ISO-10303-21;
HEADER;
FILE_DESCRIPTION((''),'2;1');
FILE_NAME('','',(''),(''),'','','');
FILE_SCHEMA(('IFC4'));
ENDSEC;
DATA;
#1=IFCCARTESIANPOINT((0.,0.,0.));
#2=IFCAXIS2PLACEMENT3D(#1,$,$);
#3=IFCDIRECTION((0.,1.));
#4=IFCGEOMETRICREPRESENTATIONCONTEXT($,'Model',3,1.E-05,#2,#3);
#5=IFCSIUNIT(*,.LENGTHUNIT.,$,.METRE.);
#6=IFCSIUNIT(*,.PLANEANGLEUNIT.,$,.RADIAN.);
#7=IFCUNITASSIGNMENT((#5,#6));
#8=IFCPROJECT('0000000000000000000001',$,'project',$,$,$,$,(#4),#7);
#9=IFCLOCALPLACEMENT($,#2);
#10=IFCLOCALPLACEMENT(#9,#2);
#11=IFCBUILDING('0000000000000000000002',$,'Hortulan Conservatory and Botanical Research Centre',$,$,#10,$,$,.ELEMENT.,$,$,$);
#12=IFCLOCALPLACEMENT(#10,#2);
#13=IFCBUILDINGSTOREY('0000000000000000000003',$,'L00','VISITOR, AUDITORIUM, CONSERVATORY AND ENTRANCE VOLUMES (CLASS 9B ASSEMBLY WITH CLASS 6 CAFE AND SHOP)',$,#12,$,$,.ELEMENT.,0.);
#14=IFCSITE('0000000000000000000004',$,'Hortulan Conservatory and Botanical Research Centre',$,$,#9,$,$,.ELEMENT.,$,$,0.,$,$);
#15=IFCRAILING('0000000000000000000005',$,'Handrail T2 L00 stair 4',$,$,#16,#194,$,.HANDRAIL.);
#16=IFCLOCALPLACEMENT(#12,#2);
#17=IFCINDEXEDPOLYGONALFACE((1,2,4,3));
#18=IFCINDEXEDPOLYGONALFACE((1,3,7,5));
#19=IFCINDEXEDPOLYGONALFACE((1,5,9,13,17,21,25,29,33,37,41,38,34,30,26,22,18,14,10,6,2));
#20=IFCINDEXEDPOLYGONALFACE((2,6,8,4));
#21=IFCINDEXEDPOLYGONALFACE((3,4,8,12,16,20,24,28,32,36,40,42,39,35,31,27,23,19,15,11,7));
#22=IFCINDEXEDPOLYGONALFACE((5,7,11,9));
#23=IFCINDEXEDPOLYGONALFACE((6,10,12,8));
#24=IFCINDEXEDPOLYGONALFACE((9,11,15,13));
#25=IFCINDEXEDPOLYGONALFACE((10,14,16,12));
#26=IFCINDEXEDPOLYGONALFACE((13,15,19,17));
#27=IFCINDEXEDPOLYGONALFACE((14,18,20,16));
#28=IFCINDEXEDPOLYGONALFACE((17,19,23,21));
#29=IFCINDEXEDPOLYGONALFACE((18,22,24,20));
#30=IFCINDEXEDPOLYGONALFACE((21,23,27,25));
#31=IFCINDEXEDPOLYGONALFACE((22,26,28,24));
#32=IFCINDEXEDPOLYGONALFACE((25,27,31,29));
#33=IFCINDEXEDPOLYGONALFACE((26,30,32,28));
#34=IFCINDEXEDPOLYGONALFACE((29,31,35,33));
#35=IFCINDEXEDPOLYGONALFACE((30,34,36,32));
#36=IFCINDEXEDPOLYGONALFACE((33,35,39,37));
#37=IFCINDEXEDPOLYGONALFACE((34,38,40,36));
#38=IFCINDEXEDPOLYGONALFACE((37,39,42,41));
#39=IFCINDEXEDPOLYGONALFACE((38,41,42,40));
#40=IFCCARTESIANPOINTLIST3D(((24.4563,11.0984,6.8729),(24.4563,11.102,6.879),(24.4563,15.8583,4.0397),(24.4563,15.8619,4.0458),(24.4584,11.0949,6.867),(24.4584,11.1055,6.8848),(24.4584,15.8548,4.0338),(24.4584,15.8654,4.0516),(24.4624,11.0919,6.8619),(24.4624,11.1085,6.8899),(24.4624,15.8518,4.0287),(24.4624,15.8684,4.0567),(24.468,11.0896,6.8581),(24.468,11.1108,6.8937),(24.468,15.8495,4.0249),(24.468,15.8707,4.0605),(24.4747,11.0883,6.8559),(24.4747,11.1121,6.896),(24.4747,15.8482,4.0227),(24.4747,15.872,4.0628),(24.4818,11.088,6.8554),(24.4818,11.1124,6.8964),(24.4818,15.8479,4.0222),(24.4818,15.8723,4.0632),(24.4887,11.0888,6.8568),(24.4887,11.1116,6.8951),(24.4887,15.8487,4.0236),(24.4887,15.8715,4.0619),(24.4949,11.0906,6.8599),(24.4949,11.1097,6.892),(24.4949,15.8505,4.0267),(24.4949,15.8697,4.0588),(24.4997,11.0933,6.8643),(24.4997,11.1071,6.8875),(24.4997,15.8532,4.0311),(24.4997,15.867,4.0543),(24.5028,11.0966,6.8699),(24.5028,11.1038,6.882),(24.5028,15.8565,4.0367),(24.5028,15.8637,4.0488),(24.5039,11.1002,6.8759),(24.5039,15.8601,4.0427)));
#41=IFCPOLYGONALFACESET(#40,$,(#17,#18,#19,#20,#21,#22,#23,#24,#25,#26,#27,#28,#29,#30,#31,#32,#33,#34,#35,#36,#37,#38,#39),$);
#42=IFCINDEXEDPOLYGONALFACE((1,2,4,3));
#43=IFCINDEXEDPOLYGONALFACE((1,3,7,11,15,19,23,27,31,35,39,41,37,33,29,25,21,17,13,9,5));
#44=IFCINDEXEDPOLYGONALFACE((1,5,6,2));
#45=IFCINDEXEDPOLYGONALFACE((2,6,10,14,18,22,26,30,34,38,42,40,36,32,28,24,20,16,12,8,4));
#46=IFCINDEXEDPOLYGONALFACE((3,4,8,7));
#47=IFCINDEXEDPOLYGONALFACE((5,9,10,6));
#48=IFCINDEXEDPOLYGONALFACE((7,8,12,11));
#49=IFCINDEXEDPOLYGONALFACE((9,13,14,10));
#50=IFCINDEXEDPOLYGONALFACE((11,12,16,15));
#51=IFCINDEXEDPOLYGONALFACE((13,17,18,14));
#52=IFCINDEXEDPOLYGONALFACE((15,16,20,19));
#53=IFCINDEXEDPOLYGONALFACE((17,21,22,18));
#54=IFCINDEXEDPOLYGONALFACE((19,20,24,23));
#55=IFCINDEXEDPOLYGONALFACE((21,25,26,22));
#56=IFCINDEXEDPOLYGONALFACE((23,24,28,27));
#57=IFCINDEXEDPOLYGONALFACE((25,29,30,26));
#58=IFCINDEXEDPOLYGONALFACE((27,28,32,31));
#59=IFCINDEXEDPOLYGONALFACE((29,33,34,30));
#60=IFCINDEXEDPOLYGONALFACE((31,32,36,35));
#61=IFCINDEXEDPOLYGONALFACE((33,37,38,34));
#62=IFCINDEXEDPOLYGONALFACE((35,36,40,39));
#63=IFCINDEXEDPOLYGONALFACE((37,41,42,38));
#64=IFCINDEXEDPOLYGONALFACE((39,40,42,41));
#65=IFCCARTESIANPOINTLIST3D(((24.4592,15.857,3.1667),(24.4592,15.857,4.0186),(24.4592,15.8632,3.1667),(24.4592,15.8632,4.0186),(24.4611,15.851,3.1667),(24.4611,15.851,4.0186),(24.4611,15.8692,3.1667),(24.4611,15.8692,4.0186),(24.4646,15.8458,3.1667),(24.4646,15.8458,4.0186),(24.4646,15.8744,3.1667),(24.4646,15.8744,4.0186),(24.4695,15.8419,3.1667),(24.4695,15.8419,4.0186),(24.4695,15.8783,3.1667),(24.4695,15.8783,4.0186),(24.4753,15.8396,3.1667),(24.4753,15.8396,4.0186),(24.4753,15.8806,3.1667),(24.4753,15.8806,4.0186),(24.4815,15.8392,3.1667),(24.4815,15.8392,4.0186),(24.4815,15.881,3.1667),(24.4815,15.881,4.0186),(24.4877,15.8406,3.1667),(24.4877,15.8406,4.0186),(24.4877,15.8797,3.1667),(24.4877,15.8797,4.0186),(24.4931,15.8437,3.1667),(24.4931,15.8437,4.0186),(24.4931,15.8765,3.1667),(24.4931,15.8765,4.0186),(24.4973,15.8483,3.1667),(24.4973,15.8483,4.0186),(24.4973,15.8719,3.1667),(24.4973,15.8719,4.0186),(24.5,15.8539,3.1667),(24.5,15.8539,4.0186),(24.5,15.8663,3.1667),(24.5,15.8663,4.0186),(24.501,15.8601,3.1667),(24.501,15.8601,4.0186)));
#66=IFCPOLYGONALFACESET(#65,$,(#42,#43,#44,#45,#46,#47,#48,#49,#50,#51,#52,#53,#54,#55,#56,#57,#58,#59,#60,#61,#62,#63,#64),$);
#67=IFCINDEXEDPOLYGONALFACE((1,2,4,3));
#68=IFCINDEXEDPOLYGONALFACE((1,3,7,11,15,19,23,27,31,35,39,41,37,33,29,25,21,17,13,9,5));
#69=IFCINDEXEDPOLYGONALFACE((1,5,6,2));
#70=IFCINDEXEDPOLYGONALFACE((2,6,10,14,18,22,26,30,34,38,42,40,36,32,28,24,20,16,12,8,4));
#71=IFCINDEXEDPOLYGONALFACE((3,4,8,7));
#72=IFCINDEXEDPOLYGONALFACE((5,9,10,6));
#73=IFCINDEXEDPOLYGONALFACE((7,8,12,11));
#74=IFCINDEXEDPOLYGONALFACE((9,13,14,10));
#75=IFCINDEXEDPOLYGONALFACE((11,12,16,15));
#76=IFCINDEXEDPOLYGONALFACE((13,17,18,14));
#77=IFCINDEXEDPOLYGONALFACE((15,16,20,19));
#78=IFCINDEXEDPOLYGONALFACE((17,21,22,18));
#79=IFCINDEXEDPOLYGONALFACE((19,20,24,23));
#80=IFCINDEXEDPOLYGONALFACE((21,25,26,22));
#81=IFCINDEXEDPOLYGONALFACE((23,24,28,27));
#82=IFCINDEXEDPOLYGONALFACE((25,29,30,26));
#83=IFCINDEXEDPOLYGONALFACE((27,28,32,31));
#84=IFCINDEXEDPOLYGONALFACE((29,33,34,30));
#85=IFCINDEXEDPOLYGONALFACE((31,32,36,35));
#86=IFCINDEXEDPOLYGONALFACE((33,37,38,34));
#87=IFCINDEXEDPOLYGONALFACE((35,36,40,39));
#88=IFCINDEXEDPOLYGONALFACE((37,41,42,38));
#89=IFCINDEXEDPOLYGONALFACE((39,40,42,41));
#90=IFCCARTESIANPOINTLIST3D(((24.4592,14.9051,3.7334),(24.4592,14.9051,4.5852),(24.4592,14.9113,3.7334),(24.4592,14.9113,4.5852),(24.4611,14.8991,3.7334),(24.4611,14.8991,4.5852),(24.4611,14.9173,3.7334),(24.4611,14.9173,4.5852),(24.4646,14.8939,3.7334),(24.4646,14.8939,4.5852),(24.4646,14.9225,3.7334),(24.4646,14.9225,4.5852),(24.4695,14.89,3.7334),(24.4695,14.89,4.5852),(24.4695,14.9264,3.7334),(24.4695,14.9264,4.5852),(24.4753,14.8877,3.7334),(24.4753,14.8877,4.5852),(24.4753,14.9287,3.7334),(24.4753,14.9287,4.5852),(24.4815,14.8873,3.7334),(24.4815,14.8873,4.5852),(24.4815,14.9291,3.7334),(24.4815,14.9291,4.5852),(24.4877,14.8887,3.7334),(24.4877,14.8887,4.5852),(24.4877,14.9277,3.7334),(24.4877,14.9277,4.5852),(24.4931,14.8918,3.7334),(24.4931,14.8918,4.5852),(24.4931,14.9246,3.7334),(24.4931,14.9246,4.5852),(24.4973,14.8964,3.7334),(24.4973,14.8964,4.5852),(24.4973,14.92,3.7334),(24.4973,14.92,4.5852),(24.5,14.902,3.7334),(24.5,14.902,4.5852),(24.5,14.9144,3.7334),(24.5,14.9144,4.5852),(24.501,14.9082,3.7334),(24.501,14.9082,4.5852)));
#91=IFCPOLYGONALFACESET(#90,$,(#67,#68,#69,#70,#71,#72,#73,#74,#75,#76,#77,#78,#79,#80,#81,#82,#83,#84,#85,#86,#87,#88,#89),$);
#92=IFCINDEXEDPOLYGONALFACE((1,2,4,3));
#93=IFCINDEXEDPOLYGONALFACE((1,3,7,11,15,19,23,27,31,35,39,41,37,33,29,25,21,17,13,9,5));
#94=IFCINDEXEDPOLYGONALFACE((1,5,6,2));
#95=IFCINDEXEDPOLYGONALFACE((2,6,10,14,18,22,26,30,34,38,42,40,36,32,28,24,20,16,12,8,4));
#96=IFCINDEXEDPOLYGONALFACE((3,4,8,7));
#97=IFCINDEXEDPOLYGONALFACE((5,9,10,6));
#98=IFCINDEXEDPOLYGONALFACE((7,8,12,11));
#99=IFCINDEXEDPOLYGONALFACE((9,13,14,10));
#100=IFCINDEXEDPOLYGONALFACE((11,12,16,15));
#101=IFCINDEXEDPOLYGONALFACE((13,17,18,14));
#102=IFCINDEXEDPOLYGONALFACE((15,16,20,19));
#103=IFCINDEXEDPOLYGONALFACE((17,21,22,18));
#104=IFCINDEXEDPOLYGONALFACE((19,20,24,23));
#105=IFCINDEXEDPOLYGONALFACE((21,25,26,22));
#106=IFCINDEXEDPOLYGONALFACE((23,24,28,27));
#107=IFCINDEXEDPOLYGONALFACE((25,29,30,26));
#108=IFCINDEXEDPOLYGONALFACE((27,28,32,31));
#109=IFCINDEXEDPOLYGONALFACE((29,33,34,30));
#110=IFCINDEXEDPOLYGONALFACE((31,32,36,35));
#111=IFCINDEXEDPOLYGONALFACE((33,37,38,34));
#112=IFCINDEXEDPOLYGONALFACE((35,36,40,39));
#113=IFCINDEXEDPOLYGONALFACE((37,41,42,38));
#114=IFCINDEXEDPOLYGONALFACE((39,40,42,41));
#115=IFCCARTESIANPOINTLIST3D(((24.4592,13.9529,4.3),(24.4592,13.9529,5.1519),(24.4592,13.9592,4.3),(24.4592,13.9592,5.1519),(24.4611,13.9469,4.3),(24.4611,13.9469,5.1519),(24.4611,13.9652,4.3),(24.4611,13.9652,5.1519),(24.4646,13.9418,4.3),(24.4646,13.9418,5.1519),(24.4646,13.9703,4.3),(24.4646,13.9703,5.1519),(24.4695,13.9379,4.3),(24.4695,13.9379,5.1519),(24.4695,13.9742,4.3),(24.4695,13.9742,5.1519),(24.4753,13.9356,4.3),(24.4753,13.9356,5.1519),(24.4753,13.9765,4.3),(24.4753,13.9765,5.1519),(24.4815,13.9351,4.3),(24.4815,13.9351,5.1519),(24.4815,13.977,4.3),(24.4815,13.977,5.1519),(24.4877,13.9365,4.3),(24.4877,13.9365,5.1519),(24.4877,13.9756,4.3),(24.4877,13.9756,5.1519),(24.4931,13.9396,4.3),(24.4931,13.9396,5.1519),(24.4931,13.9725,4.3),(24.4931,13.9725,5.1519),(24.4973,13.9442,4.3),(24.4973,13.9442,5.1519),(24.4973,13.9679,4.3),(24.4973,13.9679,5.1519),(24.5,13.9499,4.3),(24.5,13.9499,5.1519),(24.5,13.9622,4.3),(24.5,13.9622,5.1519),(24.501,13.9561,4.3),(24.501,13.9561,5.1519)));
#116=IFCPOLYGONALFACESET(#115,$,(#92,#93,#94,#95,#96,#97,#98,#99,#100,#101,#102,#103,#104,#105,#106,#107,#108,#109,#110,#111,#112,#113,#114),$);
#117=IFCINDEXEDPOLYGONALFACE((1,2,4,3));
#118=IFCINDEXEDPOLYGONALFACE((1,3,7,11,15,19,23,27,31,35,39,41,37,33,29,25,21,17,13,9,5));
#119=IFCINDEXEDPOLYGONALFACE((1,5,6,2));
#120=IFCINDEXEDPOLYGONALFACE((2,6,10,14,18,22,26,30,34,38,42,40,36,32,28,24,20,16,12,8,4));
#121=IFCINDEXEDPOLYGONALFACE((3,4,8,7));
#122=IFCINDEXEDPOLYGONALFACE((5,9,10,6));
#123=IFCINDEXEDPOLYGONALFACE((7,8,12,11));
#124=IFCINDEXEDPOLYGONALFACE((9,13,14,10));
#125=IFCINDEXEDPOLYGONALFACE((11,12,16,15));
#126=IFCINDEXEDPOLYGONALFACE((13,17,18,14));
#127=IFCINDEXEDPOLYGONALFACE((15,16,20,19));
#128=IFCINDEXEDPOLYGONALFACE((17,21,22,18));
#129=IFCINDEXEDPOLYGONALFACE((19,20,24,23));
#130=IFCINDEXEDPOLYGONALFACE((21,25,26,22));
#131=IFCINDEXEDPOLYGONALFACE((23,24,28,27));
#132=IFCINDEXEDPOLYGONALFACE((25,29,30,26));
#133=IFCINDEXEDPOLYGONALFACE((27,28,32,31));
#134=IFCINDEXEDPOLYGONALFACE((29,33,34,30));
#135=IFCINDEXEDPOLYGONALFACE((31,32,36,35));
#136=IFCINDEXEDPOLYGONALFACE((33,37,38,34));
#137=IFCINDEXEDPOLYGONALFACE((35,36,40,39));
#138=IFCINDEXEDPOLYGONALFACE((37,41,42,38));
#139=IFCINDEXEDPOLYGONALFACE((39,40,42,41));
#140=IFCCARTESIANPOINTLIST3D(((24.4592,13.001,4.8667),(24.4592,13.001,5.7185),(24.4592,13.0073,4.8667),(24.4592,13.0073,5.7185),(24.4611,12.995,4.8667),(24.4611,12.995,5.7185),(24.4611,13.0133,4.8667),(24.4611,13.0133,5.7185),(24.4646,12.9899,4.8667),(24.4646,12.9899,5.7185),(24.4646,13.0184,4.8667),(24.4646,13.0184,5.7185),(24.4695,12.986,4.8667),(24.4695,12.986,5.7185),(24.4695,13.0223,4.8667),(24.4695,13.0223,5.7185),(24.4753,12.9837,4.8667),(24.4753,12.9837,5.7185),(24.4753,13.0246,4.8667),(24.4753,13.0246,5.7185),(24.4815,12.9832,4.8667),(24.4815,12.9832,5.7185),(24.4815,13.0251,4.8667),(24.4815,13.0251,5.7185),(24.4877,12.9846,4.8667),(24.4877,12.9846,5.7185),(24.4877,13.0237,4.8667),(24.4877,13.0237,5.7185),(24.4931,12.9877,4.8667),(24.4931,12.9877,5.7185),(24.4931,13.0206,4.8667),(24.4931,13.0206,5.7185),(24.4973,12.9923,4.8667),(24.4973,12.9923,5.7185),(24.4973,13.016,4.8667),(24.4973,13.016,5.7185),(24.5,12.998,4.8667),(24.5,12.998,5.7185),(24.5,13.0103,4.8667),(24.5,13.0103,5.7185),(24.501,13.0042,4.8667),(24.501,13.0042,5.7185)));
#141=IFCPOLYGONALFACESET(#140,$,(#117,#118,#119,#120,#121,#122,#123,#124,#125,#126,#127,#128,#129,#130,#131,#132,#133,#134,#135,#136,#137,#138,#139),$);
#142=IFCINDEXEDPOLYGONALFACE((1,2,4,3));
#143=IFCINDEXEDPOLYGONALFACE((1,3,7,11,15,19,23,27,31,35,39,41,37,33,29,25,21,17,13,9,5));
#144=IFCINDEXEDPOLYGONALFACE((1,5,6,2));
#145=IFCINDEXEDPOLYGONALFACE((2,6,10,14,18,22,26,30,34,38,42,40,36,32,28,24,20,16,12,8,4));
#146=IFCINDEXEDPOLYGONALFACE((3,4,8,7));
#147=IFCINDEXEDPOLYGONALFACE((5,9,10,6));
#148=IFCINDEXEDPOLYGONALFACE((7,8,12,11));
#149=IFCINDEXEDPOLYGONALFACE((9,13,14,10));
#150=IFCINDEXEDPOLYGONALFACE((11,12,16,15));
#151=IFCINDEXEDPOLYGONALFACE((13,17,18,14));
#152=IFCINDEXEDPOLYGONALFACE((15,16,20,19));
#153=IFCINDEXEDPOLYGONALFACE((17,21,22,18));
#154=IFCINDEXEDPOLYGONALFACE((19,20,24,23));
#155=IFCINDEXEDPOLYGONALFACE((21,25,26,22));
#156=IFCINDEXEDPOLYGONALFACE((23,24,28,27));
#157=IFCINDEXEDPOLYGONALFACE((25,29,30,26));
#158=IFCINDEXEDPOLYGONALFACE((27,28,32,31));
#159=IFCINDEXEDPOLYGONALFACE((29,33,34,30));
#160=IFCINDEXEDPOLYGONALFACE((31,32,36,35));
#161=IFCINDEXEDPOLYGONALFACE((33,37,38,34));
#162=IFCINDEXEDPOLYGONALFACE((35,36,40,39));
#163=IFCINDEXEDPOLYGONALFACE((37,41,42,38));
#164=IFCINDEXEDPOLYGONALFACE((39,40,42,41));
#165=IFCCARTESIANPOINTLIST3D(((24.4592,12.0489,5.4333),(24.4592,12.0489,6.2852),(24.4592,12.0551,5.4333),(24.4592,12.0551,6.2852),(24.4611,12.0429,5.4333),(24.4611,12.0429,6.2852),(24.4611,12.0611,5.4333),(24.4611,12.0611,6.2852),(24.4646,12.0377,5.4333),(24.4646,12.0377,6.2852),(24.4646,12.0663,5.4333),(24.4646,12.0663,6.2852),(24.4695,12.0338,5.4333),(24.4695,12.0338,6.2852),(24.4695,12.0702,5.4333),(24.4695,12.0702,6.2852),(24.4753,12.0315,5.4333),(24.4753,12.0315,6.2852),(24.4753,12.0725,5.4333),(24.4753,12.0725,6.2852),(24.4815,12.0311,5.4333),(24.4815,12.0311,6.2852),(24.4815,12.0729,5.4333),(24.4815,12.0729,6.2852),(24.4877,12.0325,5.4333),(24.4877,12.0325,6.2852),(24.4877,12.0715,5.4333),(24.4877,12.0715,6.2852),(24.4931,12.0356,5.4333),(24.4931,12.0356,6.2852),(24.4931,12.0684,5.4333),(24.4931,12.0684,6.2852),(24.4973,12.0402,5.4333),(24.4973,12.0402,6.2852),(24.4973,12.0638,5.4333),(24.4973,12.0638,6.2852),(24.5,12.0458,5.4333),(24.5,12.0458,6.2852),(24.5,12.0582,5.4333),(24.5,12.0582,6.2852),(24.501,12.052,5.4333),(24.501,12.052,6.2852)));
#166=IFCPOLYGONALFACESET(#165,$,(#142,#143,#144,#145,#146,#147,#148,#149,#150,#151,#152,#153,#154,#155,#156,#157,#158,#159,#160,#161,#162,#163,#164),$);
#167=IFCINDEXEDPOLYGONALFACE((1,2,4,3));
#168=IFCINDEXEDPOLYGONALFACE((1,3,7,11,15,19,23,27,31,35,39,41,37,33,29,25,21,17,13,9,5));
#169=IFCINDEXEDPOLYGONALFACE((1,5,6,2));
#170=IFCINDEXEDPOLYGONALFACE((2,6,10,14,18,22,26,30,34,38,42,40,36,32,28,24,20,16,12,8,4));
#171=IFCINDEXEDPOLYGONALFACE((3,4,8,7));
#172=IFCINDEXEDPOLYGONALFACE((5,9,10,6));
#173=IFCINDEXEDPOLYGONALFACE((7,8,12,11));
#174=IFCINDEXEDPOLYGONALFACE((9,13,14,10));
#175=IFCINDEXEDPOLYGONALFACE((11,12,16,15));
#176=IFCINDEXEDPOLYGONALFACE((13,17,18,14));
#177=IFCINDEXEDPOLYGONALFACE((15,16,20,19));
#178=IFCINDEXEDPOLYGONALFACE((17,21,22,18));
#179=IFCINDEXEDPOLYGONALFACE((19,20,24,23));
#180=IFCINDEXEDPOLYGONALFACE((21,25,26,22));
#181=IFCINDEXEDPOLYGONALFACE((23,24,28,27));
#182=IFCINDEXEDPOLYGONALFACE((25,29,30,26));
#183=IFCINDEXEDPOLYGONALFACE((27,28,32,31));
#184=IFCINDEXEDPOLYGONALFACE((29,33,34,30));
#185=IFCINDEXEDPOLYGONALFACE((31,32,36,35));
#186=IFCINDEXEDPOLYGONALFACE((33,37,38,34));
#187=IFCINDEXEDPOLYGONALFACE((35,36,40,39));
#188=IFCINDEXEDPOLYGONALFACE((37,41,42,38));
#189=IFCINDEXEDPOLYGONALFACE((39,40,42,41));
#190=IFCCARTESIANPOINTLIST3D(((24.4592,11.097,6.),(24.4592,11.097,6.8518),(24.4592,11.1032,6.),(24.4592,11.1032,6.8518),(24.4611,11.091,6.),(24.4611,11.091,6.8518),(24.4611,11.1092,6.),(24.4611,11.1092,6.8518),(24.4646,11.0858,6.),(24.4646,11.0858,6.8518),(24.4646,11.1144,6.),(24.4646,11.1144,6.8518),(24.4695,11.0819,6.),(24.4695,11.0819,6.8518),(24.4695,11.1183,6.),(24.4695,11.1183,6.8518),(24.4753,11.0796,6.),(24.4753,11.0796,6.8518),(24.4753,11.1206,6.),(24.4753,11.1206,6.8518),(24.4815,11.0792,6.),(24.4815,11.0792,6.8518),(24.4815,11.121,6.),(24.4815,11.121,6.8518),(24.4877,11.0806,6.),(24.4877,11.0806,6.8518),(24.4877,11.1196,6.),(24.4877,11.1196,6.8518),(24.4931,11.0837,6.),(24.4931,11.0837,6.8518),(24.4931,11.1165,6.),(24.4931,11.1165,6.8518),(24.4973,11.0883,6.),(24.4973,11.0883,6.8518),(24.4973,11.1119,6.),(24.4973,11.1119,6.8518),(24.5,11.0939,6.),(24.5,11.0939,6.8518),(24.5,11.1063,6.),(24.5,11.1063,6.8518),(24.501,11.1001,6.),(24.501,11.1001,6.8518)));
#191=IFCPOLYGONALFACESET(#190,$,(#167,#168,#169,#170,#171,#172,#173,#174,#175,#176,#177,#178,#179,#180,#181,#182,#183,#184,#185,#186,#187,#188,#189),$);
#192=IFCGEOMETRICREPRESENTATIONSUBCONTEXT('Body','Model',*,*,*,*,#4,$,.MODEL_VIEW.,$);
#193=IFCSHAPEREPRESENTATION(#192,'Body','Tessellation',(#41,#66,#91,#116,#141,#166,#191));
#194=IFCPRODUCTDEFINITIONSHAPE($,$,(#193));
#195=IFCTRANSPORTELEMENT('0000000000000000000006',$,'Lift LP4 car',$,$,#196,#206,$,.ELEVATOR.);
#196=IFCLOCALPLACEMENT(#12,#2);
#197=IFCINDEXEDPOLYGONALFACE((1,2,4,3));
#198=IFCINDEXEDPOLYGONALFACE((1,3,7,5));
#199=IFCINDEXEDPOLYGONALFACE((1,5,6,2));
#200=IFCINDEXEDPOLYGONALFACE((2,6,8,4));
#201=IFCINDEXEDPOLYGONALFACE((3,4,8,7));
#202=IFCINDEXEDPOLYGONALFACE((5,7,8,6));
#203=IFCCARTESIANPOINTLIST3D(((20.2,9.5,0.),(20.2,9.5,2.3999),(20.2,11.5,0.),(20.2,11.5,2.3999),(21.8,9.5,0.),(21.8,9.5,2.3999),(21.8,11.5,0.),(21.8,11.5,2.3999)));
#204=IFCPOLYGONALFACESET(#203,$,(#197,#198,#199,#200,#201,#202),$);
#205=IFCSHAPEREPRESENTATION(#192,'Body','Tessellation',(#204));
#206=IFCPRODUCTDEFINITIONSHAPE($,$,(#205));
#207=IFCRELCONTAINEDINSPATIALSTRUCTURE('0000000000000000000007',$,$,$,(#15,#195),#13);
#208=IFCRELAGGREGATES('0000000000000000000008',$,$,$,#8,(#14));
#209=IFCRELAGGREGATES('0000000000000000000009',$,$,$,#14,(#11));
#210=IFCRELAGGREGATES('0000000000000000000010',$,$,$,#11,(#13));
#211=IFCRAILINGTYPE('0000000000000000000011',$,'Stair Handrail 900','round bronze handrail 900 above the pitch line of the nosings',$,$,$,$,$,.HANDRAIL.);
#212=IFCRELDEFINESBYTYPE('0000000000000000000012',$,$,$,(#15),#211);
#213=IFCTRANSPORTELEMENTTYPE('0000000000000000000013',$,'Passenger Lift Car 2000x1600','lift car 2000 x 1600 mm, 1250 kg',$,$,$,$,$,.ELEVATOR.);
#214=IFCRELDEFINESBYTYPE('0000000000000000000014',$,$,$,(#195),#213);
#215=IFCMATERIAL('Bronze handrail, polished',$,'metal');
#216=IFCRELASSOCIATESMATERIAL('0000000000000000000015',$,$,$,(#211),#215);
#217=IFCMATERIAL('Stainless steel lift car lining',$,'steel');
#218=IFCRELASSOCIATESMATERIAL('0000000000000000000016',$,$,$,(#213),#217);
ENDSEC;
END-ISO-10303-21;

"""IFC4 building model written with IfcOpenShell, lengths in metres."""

from ifc_helpers import new_model, si_unit, direction, frame, origin, origin_2d, place, context, subcontext, project, spatial, rectangle, circle, extrude, material, type_object, element, save


model = new_model("IFC4")

# Units and contexts
model_context = context("Model", 3, precision=1e-05, world=origin(), true_north=direction((0.0, 1.0)))
body_context = subcontext(model_context, "Body", "Model", "MODEL_VIEW")
ifc_project = project(units=[si_unit("LENGTHUNIT", "METRE"), si_unit("PLANEANGLEUNIT", "RADIAN")], contexts=[model_context])

# Site, building, storey
site_placement = place(None, origin())
site = spatial("IfcSite", under=ifc_project, at=site_placement, Name="Hortulan Conservatory and Botanical Research Centre", CompositionType="ELEMENT", RefElevation=0.0)
building_placement = place(site_placement, origin())
building = spatial("IfcBuilding", under=site, at=building_placement, Name="Hortulan Conservatory and Botanical Research Centre", CompositionType="ELEMENT")
storey_placement = place(building_placement, origin())
storey = spatial("IfcBuildingStorey", under=building, at=storey_placement, Name="L00", Description="VISITOR, AUDITORIUM, CONSERVATORY AND ENTRANCE VOLUMES (CLASS 9B ASSEMBLY WITH CLASS 6 CAFE AND SHOP)", CompositionType="ELEMENT", Elevation=0.0)

# Railing
ifc_material_1 = material(Name="Bronze handrail, polished", Category="metal")
railing_type_1 = type_object("IfcRailingType", Name="Stair Handrail 900", Description="round bronze handrail 900 above the pitch line of the nosings", PredefinedType="HANDRAIL", material=ifc_material_1)
railing_1_placement = place(storey_placement, frame((24.48, 15.8601, 3.1667)))
element("IfcRailing", 1, at=railing_1_placement, inside=storey, type_object=railing_type_1, Name="Handrail T2 L00 stair 4", PredefinedType="HANDRAIL", context=body_context, shape_type="SweptSolid", body=[
    extrude(circle(Radius=0.0239, at=origin_2d()), frame((0.0, 0.0, 0.876), z_axis=(0.0, -0.8593, 0.511472), x_axis=(1.0, 0.0, 0.0)), (0.0, 0.0, 1.0), 5.5393),
    extrude(circle(Radius=0.021, at=origin_2d()), origin(), (0.0, 0.0, 1.0), 0.8518),
    extrude(circle(Radius=0.021, at=origin_2d()), frame((0.0, -0.9519, 0.5667)), (0.0, 0.0, 1.0), 0.8518),
    extrude(circle(Radius=0.021, at=origin_2d()), frame((0.0, -1.9041, 1.1333)), (0.0, 0.0, 1.0), 0.8518),
    extrude(circle(Radius=0.021, at=origin_2d()), frame((0.0, -2.856, 1.7)), (0.0, 0.0, 1.0), 0.8518),
    extrude(circle(Radius=0.021, at=origin_2d()), frame((0.0, -3.8081, 2.2666)), (0.0, 0.0, 1.0), 0.8518),
    extrude(circle(Radius=0.021, at=origin_2d()), frame((0.0, -4.76, 2.8333)), (0.0, 0.0, 1.0), 0.8518),
])

# Transport element
ifc_material_2 = material(Name="Stainless steel lift car lining", Category="steel")
transport_element_type = type_object("IfcTransportElementType", Name="Passenger Lift Car 2000x1600", Description="lift car 2000 x 1600 mm, 1250 kg", PredefinedType="ELEVATOR", material=ifc_material_2)
transport_element_placement = place(storey_placement, frame((21.0, 10.5, 0.0), z_axis=(0.0, 0.0, 1.0), x_axis=(1.0, 0.0, 0.0)))
element("IfcTransportElement", 2, at=transport_element_placement, inside=storey, type_object=transport_element_type, Name="Lift LP4 car", PredefinedType="ELEVATOR", context=body_context, shape_type="SweptSolid", body=[
    extrude(rectangle(XDim=1.6001, YDim=2.0, at=origin_2d()), origin(), (0.0, 0.0, 1.0), 2.3999),
])

save(model, "model.ifc")
